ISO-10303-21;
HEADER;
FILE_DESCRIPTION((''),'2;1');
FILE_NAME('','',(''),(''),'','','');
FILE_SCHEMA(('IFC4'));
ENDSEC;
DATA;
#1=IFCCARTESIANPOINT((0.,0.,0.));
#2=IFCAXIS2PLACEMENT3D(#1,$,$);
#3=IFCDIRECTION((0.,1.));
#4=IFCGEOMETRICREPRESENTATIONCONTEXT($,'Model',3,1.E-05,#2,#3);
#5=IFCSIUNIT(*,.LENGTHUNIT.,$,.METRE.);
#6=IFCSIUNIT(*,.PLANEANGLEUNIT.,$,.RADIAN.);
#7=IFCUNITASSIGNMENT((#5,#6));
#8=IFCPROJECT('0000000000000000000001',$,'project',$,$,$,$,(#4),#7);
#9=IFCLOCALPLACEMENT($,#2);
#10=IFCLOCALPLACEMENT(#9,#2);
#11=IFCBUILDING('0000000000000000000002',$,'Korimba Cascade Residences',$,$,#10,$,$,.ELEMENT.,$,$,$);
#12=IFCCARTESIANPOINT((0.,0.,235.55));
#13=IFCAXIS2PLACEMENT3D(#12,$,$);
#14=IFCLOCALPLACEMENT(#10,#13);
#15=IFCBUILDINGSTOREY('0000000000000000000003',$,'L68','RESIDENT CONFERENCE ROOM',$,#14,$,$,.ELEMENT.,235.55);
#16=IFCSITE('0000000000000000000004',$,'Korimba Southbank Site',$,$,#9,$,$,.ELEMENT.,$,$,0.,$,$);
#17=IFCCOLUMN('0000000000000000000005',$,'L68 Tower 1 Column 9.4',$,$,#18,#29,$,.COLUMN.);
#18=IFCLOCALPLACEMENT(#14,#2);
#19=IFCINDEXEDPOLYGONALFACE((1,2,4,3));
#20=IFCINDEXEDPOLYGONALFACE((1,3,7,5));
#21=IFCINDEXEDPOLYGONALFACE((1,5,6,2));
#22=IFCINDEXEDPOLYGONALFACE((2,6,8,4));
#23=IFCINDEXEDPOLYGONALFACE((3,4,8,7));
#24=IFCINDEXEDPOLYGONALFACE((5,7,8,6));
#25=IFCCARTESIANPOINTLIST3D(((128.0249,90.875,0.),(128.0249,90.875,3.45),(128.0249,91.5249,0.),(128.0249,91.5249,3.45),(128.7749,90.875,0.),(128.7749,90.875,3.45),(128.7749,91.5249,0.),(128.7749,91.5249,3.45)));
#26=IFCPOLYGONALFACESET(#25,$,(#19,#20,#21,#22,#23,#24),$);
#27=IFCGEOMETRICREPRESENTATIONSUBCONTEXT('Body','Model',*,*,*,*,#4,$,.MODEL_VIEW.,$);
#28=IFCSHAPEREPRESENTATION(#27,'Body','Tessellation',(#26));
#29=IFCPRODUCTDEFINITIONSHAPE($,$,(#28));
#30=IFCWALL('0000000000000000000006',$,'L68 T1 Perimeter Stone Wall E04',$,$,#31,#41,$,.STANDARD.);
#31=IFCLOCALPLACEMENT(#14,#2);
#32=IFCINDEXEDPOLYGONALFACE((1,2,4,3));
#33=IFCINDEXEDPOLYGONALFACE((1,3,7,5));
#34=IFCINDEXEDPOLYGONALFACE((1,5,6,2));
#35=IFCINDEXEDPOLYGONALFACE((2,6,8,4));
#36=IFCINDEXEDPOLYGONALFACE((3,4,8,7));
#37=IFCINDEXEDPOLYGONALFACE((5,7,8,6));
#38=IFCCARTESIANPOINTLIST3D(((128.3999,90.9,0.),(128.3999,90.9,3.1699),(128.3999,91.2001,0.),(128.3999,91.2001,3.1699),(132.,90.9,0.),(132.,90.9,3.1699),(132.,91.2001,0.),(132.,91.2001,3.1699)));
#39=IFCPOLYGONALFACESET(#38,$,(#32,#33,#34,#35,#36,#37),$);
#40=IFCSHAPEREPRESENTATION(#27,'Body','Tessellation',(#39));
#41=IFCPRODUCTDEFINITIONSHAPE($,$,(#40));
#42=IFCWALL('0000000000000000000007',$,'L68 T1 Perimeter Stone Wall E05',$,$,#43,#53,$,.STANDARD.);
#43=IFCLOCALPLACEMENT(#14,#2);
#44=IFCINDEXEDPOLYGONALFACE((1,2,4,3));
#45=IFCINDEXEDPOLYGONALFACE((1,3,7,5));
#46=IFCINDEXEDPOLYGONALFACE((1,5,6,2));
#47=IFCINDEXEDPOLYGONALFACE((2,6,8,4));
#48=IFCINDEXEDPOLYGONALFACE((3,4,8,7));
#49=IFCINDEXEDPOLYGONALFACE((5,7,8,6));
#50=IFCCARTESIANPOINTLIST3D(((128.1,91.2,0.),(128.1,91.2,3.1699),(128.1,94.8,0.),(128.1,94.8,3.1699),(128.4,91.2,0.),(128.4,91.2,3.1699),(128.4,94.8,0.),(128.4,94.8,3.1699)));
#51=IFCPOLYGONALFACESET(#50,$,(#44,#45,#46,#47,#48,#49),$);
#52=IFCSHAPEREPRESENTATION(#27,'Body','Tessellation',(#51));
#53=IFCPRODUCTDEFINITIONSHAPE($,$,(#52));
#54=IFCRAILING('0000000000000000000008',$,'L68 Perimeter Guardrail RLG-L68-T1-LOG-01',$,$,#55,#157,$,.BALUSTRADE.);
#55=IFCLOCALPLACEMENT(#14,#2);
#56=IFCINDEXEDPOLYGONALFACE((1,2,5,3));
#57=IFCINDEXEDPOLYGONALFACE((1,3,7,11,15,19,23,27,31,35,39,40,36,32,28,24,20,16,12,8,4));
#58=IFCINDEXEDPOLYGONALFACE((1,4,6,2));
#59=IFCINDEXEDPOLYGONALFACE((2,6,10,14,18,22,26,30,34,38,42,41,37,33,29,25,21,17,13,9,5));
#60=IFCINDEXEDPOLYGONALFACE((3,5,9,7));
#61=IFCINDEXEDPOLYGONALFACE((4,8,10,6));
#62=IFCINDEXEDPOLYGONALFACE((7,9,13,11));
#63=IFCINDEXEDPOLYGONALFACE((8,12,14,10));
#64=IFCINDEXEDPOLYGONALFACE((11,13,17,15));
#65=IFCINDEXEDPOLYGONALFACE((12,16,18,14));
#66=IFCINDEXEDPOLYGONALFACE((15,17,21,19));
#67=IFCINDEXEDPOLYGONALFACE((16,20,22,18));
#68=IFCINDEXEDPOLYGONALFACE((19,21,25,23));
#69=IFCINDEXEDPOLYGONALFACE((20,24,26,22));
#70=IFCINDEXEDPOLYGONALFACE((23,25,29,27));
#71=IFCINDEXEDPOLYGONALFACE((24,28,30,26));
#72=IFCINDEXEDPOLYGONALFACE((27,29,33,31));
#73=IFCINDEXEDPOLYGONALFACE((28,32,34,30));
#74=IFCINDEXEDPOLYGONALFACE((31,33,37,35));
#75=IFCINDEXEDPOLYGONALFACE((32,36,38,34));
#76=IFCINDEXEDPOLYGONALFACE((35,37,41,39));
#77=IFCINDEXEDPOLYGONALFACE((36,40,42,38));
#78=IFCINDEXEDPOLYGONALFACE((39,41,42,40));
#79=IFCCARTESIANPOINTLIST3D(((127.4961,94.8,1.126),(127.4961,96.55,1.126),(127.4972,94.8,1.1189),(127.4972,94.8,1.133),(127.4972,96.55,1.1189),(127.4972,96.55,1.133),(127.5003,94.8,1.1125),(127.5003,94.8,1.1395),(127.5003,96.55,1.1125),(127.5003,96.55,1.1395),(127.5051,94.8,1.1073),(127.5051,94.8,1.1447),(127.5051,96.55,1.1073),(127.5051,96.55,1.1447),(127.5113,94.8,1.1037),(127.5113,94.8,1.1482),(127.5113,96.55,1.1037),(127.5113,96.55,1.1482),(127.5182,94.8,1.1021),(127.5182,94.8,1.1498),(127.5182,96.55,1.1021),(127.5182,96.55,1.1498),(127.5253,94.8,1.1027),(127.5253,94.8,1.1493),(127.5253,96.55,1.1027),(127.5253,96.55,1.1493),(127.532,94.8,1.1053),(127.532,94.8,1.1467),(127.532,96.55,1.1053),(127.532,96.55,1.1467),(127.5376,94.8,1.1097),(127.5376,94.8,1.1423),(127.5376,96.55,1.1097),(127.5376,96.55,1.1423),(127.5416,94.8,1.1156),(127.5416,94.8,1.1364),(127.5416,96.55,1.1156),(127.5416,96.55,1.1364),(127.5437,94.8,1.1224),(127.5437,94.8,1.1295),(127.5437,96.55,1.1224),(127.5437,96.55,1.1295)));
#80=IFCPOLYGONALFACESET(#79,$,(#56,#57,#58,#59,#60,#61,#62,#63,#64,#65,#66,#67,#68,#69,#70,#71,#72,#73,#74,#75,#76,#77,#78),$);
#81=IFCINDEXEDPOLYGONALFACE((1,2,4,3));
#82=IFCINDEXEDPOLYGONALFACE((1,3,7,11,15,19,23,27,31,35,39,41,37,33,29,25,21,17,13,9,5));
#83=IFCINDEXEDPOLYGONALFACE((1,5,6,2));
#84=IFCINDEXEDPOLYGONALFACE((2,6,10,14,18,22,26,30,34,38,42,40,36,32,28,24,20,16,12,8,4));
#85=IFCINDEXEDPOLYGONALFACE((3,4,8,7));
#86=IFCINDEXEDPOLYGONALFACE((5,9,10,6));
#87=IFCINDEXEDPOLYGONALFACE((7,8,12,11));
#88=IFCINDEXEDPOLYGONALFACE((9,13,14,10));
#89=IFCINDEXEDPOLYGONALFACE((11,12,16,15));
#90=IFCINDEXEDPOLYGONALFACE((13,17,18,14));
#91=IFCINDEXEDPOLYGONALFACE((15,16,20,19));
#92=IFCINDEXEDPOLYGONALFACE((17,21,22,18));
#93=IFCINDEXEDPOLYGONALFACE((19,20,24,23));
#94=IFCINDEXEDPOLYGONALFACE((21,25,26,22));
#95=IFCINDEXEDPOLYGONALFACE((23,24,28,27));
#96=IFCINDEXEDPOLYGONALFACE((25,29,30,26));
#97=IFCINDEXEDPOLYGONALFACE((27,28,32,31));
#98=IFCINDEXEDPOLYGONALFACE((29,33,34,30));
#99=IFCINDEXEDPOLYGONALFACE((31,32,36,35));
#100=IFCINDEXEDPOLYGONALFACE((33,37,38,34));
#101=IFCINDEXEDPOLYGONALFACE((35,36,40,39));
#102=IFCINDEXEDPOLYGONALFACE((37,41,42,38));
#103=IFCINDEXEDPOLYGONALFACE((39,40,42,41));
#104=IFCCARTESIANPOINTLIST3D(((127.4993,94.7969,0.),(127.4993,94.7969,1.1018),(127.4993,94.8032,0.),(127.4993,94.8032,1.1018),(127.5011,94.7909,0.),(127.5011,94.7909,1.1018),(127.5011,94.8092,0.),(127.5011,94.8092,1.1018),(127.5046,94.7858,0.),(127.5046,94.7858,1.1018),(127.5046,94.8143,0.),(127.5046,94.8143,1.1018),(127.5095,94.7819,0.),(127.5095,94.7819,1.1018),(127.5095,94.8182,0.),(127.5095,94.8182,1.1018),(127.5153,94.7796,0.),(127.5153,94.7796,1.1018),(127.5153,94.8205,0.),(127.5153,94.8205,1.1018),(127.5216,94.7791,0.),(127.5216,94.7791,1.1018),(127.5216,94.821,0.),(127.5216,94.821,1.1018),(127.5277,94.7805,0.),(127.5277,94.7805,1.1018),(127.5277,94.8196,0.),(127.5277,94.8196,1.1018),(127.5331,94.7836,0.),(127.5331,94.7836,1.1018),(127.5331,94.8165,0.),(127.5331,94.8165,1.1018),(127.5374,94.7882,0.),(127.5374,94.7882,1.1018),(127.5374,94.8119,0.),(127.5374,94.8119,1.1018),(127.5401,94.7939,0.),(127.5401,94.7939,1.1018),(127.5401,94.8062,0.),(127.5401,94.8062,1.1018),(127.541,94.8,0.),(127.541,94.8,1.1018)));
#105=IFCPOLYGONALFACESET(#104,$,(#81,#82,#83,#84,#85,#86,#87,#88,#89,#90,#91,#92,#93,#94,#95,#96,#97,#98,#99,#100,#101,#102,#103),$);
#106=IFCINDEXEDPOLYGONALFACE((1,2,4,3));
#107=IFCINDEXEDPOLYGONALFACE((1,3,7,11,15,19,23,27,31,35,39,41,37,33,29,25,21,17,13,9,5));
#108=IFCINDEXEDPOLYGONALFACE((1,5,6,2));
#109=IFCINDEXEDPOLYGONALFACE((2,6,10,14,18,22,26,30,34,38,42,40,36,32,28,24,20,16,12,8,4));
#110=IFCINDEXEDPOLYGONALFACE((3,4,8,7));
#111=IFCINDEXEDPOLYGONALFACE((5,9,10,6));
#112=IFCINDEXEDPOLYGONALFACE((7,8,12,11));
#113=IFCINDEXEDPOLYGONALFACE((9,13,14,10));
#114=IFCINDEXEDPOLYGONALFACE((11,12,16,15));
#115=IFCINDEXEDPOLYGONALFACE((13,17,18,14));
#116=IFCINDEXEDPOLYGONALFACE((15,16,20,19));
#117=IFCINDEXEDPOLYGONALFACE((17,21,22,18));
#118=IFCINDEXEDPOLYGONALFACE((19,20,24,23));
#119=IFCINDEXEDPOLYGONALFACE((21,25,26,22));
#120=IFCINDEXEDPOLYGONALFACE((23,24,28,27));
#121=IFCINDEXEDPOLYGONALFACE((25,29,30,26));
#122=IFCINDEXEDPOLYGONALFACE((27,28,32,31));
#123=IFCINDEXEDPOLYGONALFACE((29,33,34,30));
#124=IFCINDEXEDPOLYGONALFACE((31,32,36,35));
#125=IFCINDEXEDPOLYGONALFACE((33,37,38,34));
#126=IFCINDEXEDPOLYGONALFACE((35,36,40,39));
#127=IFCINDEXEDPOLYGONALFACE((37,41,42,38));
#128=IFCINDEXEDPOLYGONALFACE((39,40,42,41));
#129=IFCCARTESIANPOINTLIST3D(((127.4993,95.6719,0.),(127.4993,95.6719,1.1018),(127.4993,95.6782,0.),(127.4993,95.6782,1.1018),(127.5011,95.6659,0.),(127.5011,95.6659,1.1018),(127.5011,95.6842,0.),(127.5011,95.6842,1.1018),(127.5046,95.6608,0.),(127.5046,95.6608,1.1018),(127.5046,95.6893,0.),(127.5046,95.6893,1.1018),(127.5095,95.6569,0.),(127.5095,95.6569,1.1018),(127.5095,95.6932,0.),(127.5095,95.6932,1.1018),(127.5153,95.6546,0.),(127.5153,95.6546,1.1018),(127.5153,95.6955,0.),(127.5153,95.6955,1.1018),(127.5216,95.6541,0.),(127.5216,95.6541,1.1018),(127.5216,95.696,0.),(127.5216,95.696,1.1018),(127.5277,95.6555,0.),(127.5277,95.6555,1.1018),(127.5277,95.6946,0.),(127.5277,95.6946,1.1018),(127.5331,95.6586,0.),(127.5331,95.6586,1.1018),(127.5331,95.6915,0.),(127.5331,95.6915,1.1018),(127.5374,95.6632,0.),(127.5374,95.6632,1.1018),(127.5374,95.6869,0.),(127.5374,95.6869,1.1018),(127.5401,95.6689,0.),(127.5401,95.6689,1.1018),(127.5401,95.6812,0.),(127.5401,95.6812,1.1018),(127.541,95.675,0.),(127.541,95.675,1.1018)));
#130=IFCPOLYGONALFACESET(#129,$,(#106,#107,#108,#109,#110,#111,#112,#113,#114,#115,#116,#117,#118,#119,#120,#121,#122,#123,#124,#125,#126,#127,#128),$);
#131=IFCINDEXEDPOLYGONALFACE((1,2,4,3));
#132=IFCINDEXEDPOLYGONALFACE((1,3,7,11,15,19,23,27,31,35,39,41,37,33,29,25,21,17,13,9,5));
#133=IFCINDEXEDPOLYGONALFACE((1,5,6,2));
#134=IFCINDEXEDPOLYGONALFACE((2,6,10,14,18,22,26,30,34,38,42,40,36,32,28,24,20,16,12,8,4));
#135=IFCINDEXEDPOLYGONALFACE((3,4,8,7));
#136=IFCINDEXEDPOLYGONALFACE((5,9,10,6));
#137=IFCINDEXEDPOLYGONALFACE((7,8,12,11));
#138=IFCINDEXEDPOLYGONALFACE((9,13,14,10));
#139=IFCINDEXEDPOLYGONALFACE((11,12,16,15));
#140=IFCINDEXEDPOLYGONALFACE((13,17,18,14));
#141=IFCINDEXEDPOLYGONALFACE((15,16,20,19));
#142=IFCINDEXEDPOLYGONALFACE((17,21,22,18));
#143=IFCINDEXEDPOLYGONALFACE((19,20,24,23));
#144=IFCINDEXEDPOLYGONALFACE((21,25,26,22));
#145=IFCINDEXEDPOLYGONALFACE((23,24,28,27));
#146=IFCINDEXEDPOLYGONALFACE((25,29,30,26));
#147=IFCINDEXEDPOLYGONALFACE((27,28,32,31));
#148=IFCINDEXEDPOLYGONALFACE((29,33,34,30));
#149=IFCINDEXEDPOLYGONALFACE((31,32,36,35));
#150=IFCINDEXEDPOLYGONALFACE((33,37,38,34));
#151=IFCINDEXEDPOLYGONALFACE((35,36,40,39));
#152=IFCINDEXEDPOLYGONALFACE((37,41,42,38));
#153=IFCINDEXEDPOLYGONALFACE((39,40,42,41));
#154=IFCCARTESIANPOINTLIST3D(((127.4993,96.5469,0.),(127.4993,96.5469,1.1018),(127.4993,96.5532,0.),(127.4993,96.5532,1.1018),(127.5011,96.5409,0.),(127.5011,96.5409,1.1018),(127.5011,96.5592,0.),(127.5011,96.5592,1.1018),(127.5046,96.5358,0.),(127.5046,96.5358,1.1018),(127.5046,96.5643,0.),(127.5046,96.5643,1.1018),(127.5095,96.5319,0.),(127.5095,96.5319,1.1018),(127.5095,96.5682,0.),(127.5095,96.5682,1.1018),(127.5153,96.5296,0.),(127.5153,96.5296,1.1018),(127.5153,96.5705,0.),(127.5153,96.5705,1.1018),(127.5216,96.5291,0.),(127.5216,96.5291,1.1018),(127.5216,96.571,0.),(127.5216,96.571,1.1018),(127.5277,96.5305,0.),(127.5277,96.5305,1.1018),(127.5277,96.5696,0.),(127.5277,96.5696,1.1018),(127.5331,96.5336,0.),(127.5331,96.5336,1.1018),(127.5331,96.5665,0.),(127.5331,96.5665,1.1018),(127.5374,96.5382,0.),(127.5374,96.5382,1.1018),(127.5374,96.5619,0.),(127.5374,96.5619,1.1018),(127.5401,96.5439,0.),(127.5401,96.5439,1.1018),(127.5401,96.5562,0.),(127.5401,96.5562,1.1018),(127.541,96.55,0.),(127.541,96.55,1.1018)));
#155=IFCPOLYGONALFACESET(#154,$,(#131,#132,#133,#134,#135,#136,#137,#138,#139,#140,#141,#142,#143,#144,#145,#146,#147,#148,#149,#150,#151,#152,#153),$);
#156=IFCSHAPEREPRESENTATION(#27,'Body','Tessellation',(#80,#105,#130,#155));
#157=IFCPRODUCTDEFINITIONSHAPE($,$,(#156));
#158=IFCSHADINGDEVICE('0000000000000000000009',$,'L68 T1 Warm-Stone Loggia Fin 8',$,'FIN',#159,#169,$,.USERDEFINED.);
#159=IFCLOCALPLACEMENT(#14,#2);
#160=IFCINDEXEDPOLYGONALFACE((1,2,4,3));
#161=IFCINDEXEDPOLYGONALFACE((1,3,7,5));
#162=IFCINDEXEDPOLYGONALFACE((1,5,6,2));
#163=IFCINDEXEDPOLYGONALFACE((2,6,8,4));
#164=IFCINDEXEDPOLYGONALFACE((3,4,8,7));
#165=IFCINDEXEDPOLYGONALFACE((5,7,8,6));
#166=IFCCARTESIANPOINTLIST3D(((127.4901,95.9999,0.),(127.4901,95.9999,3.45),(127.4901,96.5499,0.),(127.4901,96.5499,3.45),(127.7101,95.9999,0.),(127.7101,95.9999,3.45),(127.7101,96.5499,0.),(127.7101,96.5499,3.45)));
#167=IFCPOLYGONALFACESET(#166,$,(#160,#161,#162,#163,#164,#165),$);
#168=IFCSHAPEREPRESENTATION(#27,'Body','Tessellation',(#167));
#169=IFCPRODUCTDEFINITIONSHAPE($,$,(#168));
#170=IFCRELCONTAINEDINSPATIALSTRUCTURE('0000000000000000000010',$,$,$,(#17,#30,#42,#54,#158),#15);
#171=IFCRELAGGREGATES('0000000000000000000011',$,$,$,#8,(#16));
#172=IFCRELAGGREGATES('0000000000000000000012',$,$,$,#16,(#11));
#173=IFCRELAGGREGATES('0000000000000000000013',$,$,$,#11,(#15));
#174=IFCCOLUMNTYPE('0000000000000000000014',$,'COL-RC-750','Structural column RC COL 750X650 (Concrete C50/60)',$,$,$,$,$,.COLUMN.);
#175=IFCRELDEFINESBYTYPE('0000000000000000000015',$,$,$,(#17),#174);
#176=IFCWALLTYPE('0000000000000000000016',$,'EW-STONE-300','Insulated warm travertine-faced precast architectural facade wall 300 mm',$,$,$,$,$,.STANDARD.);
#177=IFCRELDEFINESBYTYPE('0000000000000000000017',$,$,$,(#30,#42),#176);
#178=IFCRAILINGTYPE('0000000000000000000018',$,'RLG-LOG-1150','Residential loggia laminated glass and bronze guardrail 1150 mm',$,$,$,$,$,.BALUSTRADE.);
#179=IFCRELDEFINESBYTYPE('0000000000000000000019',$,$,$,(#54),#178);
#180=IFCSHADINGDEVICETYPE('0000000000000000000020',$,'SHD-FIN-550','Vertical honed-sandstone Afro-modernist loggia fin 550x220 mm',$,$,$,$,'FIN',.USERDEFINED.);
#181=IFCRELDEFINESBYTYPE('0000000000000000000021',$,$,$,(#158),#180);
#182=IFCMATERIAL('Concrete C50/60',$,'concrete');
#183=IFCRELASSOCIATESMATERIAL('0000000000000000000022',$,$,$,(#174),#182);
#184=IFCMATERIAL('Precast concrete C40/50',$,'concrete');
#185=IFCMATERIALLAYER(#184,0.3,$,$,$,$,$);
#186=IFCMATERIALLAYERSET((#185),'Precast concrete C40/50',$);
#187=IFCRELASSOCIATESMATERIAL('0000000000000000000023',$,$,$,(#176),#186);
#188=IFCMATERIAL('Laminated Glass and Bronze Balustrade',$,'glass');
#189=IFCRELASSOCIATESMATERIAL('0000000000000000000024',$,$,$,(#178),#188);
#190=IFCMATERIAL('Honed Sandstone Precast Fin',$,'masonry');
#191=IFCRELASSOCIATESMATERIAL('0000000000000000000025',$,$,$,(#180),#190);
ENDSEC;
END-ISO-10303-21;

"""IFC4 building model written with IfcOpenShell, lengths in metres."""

from ifc_helpers import new_model, si_unit, direction, frame, frame_2d, origin, origin_2d, place, context, subcontext, project, spatial, rectangle, circle, extrude, material, layer, layer_set, material_profile, profile_set, type_object, element, save


model = new_model("IFC4")

# Units and contexts
model_context = context("Model", 3, precision=1e-05, world=origin(), true_north=direction((0.0, 1.0)))
body_context = subcontext(model_context, "Body", "Model", "MODEL_VIEW")
ifc_project = project(units=[si_unit("LENGTHUNIT", "METRE"), si_unit("PLANEANGLEUNIT", "RADIAN")], contexts=[model_context])

# Site, building, storey
site_placement = place(None, origin())
site = spatial("IfcSite", under=ifc_project, at=site_placement, Name="Korimba Southbank Site", CompositionType="ELEMENT", RefElevation=0.0)
building_placement = place(site_placement, origin())
building = spatial("IfcBuilding", under=site, at=building_placement, Name="Korimba Cascade Residences", CompositionType="ELEMENT")
storey_placement = place(building_placement, frame((0.0, 0.0, 235.55)))
storey = spatial("IfcBuildingStorey", under=building, at=storey_placement, Name="L68", Description="RESIDENT CONFERENCE ROOM", CompositionType="ELEMENT", Elevation=235.55)

# Column
ifc_material_1 = material(Name="Concrete C50/60", Category="concrete")
ifc_material_profile = material_profile(ifc_material_1, rectangle(XDim=0.75, YDim=0.6499, at=origin_2d()), Name="Concrete C50/60")
ifc_profile_set = profile_set([ifc_material_profile], Name="Concrete C50/60")
column_type = type_object("IfcColumnType", Name="COL-RC-750", Description="Structural column RC COL 750X650 (Concrete C50/60)", PredefinedType="COLUMN", material=ifc_profile_set)
column_placement = place(storey_placement, frame((128.3999, 91.2, 0.0), z_axis=(0.0, 0.0, 1.0), x_axis=(1.0, 0.0, 0.0)))
element("IfcColumn", 1, at=column_placement, inside=storey, type_object=column_type, Name="L68 Tower 1 Column 9.4", PredefinedType="COLUMN", context=body_context, shape_type="SweptSolid", body=[
    extrude(rectangle(XDim=0.75, YDim=0.6499, at=origin_2d()), origin(), (0.0, 0.0, 1.0), 3.45),
])

# Shared definitions
ifc_material_2 = material(Name="Precast concrete C40/50", Category="concrete")

# Walls
ifc_layer_1 = layer(ifc_material_2, 0.3)
ifc_layer_set_1 = layer_set([ifc_layer_1], Name="Precast concrete C40/50")
wall_type_1 = type_object("IfcWallType", Name="EW-STONE-300", Description="Insulated warm travertine-faced precast architectural facade wall 300 mm", PredefinedType="STANDARD", material=ifc_layer_set_1)
for number, where, z_axis, x_axis, name in (
    (2, (132.0, 91.05, 0.0), (0.0, 0.0, 1.0), (-1.0, 0.0, 0.0), "L68 T1 Perimeter Stone Wall E04"),
    (3, (128.25, 91.2, 0.0), (0.0, 0.0, 1.0), (0.0, 1.0, 0.0), "L68 T1 Perimeter Stone Wall E05"),
):
    element("IfcWall", number, at=place(storey_placement, frame(where, z_axis=z_axis, x_axis=x_axis)), inside=storey, type_object=wall_type_1, Name=name, PredefinedType="STANDARD", context=body_context, shape_type="SweptSolid", body=[
        extrude(rectangle(XDim=3.6001, YDim=0.3, at=frame_2d((1.8, 0.0))), origin(), (0.0, 0.0, 1.0), 3.1699),
    ])

# Railing
ifc_material_3 = material(Name="Laminated Glass and Bronze Balustrade", Category="glass")
railing_type = type_object("IfcRailingType", Name="RLG-LOG-1150", Description="Residential loggia laminated glass and bronze guardrail 1150 mm", PredefinedType="BALUSTRADE", material=ifc_material_3)
railing_1_placement = place(storey_placement, frame((127.52, 94.8, 0.0)))
element("IfcRailing", 4, at=railing_1_placement, inside=storey, type_object=railing_type, Name="L68 Perimeter Guardrail RLG-L68-T1-LOG-01", PredefinedType="BALUSTRADE", context=body_context, shape_type="SweptSolid", body=[
    extrude(circle(Radius=0.0239, at=origin_2d()), frame((0.0, 0.0, 1.126), z_axis=(0.0, 1.0, 0.0), x_axis=(-1.0, 0.0, 0.0)), (0.0, 0.0, 1.0), 1.75),
    extrude(circle(Radius=0.021, at=origin_2d()), origin(), (0.0, 0.0, 1.0), 1.1018),
    extrude(circle(Radius=0.021, at=origin_2d()), frame((0.0, 0.875, 0.0)), (0.0, 0.0, 1.0), 1.1018),
    extrude(circle(Radius=0.021, at=origin_2d()), frame((0.0, 1.75, 0.0)), (0.0, 0.0, 1.0), 1.1018),
])

# Shading device
ifc_material_4 = material(Name="Honed Sandstone Precast Fin", Category="masonry")
shading_device_type = type_object("IfcShadingDeviceType", Name="SHD-FIN-550", Description="Vertical honed-sandstone Afro-modernist loggia fin 550x220 mm", ElementType="FIN", PredefinedType="USERDEFINED", material=ifc_material_4)
shading_device_placement = place(storey_placement, frame((127.6001, 96.2749, 0.0), z_axis=(0.0, 0.0, 1.0), x_axis=(1.0, 0.0, 0.0)))
element("IfcShadingDevice", 5, at=shading_device_placement, inside=storey, type_object=shading_device_type, Name="L68 T1 Warm-Stone Loggia Fin 8", ObjectType="FIN", PredefinedType="USERDEFINED", context=body_context, shape_type="SweptSolid", body=[
    extrude(rectangle(XDim=0.22, YDim=0.55, at=origin_2d()), origin(), (0.0, 0.0, 1.0), 3.45),
])

save(model, "model.ifc")
